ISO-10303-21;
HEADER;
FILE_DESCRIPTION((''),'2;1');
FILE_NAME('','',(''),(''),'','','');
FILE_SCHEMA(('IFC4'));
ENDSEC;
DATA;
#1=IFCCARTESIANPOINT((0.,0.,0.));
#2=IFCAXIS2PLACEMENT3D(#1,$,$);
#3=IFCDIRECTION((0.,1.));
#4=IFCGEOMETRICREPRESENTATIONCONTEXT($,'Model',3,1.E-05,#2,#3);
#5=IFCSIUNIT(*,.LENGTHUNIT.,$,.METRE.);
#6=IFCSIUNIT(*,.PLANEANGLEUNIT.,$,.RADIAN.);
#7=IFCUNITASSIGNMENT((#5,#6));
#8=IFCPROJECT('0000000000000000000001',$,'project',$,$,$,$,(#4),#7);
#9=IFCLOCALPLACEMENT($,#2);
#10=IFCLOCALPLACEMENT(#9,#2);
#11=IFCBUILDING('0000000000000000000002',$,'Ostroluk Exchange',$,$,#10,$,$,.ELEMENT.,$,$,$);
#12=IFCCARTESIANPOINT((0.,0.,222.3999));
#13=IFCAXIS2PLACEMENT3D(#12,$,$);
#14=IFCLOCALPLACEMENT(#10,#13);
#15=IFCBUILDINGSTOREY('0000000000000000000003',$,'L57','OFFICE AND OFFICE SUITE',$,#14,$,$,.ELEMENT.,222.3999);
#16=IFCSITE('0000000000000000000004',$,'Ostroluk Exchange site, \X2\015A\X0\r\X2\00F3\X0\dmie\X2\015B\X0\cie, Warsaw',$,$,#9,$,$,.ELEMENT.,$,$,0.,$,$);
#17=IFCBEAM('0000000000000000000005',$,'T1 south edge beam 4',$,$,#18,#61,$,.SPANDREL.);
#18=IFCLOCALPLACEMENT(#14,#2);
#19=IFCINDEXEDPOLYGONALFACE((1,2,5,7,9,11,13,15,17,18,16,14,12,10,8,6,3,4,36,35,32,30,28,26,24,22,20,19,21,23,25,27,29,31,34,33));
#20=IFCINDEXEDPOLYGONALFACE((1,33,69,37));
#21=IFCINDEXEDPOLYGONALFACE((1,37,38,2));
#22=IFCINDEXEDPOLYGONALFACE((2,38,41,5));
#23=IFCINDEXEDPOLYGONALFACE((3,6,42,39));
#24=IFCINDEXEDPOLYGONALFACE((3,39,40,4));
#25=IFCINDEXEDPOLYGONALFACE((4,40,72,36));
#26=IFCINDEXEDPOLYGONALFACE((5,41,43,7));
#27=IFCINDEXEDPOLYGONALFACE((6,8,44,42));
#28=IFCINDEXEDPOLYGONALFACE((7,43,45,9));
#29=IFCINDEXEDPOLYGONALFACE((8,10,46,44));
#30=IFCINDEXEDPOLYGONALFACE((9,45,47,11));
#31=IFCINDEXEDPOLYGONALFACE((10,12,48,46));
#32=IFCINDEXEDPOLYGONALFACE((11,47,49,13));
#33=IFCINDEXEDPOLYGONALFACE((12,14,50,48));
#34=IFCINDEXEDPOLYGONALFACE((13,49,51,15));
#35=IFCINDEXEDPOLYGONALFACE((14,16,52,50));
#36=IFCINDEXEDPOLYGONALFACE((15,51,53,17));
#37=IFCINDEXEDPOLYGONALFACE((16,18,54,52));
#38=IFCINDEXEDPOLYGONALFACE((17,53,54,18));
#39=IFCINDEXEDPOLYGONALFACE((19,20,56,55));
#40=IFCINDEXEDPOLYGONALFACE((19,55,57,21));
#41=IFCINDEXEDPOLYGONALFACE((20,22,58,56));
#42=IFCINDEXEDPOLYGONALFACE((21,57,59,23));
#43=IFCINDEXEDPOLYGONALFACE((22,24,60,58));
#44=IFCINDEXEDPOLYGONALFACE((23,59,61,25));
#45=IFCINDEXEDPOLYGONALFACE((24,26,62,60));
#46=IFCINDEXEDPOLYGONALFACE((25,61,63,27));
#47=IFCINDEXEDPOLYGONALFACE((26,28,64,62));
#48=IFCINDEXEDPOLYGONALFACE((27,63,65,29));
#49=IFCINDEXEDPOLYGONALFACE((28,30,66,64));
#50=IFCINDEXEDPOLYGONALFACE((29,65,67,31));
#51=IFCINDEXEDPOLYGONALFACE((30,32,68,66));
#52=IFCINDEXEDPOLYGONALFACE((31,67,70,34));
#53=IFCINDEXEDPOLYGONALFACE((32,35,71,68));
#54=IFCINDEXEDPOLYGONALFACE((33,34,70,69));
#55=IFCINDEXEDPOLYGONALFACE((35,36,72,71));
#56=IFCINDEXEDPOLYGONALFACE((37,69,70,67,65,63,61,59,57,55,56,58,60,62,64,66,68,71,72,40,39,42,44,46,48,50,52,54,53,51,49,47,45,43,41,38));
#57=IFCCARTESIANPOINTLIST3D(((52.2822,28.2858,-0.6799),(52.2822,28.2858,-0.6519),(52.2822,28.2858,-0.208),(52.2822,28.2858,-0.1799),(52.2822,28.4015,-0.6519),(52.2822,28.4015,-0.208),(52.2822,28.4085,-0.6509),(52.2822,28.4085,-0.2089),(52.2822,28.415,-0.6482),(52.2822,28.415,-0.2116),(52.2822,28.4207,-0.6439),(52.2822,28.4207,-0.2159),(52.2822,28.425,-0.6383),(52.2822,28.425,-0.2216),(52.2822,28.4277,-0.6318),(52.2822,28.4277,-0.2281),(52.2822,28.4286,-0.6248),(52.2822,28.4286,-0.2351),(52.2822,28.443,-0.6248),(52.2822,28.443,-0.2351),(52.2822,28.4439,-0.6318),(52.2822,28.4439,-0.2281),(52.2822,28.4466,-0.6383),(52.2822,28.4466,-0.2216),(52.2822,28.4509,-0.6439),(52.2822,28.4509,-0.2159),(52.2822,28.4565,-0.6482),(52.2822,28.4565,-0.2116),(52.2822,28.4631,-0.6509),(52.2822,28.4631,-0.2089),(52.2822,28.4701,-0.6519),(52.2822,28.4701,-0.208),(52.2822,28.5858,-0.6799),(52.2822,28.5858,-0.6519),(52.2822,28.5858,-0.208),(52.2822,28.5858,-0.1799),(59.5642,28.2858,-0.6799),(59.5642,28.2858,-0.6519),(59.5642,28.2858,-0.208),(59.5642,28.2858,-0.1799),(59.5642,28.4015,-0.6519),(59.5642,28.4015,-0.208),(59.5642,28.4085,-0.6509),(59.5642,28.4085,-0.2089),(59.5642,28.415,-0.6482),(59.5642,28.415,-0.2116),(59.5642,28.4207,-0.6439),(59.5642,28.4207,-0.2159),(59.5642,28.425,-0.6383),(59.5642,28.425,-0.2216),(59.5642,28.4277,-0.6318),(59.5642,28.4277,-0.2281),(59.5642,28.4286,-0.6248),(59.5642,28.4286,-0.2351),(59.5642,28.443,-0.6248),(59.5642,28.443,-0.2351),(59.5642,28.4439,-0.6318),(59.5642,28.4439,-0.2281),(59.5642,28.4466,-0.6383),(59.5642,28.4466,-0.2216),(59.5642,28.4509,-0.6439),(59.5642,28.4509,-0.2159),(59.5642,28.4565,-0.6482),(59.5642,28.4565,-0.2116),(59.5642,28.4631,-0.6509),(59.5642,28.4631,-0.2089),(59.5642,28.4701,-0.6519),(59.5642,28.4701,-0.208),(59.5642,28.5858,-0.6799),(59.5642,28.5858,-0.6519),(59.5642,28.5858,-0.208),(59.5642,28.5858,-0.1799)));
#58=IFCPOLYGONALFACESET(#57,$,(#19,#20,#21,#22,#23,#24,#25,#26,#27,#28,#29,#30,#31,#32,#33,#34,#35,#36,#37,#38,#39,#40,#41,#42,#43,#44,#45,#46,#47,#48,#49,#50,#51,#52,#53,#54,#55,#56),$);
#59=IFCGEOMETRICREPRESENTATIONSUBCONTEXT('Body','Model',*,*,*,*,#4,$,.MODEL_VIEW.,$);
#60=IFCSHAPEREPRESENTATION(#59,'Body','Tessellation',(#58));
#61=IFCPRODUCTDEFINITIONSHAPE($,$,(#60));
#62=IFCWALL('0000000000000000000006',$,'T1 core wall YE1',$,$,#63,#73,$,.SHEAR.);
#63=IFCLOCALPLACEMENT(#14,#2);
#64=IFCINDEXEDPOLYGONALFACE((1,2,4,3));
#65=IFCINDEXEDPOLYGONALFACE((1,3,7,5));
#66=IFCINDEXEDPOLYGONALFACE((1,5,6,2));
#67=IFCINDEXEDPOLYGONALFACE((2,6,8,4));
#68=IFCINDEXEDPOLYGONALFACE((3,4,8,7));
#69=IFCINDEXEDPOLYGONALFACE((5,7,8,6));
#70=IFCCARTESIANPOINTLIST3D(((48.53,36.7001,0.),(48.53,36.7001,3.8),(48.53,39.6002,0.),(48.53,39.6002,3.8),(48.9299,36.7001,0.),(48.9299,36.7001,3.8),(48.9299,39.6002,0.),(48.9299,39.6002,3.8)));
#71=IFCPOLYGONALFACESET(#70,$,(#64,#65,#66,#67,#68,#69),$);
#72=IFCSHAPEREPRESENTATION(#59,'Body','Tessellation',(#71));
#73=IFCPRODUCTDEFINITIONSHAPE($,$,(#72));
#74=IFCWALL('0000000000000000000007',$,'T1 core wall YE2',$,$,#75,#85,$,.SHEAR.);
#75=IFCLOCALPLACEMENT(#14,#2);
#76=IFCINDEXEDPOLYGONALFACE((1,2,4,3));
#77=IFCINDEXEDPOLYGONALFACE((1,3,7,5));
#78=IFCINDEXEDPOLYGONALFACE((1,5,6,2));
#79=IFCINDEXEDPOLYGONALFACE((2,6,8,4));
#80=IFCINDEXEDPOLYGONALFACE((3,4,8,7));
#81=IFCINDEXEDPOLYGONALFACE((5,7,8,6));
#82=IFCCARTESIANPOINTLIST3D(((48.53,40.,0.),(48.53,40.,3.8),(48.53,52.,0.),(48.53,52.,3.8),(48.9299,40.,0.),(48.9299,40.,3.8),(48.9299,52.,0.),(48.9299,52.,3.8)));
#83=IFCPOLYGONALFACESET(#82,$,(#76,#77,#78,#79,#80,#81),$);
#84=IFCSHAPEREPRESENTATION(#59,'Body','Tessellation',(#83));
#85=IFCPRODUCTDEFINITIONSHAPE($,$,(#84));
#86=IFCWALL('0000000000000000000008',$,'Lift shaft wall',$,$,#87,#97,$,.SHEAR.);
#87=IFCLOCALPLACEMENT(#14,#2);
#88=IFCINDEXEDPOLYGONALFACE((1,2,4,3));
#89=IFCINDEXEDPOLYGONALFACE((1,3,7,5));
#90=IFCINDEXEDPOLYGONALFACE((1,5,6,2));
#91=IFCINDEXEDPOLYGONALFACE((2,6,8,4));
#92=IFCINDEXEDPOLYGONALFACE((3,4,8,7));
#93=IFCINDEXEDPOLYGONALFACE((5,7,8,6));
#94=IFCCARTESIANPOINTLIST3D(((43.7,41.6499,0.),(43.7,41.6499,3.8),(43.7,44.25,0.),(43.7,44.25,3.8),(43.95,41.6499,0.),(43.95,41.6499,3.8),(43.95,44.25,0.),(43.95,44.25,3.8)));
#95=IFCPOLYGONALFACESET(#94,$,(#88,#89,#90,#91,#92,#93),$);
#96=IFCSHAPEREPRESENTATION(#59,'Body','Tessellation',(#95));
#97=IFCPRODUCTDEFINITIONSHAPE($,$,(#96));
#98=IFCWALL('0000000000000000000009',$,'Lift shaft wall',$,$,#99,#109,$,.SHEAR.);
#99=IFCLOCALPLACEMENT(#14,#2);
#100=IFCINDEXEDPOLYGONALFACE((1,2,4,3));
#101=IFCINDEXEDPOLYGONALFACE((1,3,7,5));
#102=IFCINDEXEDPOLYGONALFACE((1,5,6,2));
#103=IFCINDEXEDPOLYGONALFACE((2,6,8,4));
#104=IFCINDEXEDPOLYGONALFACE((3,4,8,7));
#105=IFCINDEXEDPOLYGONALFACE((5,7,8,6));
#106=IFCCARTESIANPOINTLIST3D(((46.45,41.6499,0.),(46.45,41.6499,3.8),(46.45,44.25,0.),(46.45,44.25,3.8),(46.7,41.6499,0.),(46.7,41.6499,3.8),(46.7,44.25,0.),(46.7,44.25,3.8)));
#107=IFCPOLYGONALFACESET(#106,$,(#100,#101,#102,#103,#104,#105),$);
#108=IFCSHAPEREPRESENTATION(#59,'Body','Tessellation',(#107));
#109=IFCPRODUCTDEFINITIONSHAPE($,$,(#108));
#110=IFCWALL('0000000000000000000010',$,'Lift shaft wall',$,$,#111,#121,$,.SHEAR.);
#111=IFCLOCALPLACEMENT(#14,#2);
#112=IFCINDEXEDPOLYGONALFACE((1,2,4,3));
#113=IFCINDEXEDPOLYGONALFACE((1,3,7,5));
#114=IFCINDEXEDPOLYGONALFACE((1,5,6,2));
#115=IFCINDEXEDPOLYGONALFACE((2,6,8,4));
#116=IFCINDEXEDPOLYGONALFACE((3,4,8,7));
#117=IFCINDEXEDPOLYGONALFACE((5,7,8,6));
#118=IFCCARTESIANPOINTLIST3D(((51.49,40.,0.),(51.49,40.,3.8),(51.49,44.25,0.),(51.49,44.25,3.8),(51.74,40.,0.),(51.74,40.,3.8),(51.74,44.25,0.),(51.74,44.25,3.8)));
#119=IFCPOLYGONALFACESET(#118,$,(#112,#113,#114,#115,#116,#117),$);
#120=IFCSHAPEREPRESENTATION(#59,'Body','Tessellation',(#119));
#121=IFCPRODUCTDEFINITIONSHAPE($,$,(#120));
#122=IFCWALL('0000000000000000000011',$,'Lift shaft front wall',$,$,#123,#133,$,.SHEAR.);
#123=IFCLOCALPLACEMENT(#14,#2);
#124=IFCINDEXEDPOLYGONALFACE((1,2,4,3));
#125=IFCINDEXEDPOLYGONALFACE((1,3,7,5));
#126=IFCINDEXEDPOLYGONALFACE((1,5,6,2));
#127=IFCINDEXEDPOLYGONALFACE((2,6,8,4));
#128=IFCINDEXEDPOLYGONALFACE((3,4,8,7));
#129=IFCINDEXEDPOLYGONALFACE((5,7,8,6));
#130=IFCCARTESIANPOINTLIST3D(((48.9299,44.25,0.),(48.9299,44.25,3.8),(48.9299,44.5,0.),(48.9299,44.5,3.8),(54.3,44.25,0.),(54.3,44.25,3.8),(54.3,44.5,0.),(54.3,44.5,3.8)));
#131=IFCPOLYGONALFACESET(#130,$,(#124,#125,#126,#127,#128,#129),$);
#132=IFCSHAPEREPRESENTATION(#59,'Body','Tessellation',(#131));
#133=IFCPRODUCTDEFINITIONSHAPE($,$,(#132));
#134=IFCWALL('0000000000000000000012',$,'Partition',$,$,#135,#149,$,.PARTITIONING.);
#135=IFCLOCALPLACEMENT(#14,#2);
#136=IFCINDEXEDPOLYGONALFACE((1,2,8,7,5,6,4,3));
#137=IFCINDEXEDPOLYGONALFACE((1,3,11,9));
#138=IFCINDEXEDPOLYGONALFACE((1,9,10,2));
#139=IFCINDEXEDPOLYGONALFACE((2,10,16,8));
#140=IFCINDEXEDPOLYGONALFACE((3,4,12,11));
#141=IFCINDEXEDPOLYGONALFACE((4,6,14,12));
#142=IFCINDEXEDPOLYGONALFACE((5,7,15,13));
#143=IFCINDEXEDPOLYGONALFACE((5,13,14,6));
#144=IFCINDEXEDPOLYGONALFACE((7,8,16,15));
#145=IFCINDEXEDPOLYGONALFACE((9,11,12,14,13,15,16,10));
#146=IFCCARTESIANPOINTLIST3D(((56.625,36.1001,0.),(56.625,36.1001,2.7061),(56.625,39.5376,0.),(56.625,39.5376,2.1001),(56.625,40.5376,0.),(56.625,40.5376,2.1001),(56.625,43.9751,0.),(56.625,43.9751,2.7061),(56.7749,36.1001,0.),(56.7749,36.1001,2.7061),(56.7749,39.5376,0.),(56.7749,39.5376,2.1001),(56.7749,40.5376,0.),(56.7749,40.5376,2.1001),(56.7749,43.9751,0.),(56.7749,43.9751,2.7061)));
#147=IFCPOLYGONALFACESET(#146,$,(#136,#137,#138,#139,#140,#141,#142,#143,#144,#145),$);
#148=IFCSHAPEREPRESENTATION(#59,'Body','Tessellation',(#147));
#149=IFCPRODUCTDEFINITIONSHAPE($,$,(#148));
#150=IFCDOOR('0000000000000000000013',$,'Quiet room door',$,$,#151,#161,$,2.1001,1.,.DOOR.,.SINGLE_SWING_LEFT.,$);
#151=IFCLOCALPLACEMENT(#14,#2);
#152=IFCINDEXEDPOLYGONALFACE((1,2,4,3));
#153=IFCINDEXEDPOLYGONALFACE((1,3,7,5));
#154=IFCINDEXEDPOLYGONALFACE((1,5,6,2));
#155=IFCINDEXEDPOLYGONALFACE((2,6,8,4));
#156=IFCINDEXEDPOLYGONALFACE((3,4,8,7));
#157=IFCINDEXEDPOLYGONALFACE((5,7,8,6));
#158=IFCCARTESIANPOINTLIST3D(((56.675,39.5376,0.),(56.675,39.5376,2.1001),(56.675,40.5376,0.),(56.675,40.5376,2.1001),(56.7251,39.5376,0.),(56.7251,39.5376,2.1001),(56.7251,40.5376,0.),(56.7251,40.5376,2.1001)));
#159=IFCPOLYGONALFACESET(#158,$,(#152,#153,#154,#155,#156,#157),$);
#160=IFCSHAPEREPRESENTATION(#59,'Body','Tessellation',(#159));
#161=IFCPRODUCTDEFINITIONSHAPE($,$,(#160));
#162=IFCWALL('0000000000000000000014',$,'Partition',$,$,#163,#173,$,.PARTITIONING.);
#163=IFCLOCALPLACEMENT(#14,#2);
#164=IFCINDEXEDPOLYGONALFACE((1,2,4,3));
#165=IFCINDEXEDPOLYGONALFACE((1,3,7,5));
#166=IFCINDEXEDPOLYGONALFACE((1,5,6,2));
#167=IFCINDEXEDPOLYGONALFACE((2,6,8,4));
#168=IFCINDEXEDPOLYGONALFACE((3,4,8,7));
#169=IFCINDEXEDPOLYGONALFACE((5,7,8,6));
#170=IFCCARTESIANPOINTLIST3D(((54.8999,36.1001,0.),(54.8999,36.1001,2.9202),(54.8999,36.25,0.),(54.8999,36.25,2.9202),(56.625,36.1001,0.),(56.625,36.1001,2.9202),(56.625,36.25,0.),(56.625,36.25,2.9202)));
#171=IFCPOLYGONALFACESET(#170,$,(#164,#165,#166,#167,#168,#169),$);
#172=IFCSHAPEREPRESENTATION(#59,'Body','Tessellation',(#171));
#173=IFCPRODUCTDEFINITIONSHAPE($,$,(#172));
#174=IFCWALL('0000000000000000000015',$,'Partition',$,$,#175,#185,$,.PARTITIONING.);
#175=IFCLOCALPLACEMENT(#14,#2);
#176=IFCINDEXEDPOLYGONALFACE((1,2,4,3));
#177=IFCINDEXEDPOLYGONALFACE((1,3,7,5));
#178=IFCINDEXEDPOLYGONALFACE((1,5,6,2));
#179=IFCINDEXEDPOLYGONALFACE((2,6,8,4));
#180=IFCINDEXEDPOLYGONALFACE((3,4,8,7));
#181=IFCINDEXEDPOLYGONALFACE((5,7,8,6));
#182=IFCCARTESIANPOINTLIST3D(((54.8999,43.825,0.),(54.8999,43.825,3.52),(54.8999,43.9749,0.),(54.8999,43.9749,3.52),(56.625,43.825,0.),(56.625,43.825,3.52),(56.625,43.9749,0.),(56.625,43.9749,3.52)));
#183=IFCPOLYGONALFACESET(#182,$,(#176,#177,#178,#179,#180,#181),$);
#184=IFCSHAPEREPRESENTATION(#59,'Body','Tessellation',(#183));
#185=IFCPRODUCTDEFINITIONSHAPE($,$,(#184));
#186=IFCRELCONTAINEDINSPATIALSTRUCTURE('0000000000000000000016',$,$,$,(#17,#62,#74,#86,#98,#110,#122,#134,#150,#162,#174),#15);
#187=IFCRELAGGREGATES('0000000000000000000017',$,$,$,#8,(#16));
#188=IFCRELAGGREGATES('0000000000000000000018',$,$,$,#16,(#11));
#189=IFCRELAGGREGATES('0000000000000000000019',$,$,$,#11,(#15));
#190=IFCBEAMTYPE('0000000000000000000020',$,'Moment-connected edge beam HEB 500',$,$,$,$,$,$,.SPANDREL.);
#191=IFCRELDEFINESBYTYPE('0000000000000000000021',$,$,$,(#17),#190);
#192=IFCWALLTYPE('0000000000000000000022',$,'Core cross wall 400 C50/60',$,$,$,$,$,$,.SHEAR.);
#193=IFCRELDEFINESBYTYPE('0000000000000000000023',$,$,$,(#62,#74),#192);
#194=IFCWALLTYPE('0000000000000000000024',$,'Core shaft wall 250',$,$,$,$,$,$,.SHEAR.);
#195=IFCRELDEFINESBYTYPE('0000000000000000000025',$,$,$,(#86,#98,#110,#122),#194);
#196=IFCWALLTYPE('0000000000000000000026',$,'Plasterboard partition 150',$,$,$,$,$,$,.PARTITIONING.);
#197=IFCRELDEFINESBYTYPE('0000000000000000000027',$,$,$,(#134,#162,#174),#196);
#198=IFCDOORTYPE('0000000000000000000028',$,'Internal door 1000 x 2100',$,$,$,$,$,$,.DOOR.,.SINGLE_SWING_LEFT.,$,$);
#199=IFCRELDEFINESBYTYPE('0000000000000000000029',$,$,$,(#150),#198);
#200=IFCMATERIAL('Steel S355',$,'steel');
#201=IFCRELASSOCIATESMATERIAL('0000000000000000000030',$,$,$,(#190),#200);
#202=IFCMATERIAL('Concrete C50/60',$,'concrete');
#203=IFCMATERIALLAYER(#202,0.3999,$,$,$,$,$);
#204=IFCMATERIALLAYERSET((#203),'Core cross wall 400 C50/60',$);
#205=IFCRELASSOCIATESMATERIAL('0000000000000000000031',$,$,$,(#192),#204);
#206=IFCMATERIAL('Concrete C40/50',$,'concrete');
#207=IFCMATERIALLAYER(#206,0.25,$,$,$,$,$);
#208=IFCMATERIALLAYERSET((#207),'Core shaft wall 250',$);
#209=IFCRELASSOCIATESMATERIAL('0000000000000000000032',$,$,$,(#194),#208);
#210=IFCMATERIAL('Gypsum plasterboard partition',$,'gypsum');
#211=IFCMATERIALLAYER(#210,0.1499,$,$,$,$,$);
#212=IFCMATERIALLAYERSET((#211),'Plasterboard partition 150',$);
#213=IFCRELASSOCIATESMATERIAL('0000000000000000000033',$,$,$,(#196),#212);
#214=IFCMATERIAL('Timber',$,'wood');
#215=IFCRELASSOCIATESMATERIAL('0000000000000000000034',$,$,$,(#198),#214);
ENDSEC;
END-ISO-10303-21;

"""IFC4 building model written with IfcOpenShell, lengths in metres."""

from ifc_helpers import new_model, si_unit, direction, frame, frame_2d, origin, origin_2d, place, context, subcontext, project, spatial, rectangle, i_section, extrude, material, layer, layer_set, material_profile, profile_set, type_object, element, fill, save


model = new_model("IFC4")

# Units and contexts
model_context = context("Model", 3, precision=1e-05, world=origin(), true_north=direction((0.0, 1.0)))
body_context = subcontext(model_context, "Body", "Model", "MODEL_VIEW")
ifc_project = project(units=[si_unit("LENGTHUNIT", "METRE"), si_unit("PLANEANGLEUNIT", "RADIAN")], contexts=[model_context])

# Site, building, storey
site_placement = place(None, origin())
site = spatial("IfcSite", under=ifc_project, at=site_placement, Name="Ostroluk Exchange site, Śródmieście, Warsaw", CompositionType="ELEMENT", RefElevation=0.0)
building_placement = place(site_placement, origin())
building = spatial("IfcBuilding", under=site, at=building_placement, Name="Ostroluk Exchange", CompositionType="ELEMENT")
storey_placement = place(building_placement, frame((0.0, 0.0, 222.3999)))
storey = spatial("IfcBuildingStorey", under=building, at=storey_placement, Name="L57", Description="OFFICE AND OFFICE SUITE", CompositionType="ELEMENT", Elevation=222.3999)

# Beam
ifc_material_1 = material(Name="Steel S355", Category="steel")
ifc_material_profile_1 = material_profile(ifc_material_1, i_section(OverallWidth=0.3, OverallDepth=0.5, WebThickness=0.0144, FlangeThickness=0.0281, FilletRadius=0.0271, at=origin_2d()), Name="HEB 500")
ifc_profile_set_1 = profile_set([ifc_material_profile_1], Name="Steel S355")
beam_type_1 = type_object("IfcBeamType", Name="Moment-connected edge beam HEB 500", PredefinedType="SPANDREL", material=ifc_profile_set_1)
beam_1_placement = place(storey_placement, frame((52.2822, 28.4358, -0.4299), z_axis=(1.0, 0.0, 0.0), x_axis=(0.0, 1.0, 0.0)))
element("IfcBeam", 1, at=beam_1_placement, inside=storey, type_object=beam_type_1, Name="T1 south edge beam 4", PredefinedType="SPANDREL", context=body_context, shape_type="SweptSolid", body=[
    extrude(i_section(OverallWidth=0.3, OverallDepth=0.5, WebThickness=0.0144, FlangeThickness=0.0281, FilletRadius=0.0271, at=origin_2d()), origin(), (0.0, 0.0, 1.0), 7.282),
])

# Walls
ifc_material_2 = material(Name="Concrete C50/60", Category="concrete")
ifc_layer_1 = layer(ifc_material_2, 0.3999)
ifc_layer_set_1 = layer_set([ifc_layer_1], Name="Core cross wall 400 C50/60")
wall_type_1 = type_object("IfcWallType", Name="Core cross wall 400 C50/60", PredefinedType="SHEAR", material=ifc_layer_set_1)
wall_1_placement = place(storey_placement, frame((48.73, 36.7, 0.0), z_axis=(0.0, 0.0, 1.0), x_axis=(0.0, 1.0, 0.0)))
element("IfcWall", 2, at=wall_1_placement, inside=storey, type_object=wall_type_1, Name="T1 core wall YE1", PredefinedType="SHEAR", context=body_context, shape_type="SweptSolid", body=[
    extrude(rectangle(XDim=2.9001, YDim=0.3999, at=frame_2d((1.4502, 0.0))), origin(), (0.0, 0.0, 1.0), 3.8),
])
wall_2_placement = place(storey_placement, frame((48.73, 40.0, 0.0), z_axis=(0.0, 0.0, 1.0), x_axis=(0.0, 1.0, 0.0)))
element("IfcWall", 3, at=wall_2_placement, inside=storey, type_object=wall_type_1, Name="T1 core wall YE2", PredefinedType="SHEAR", context=body_context, shape_type="SweptSolid", body=[
    extrude(rectangle(XDim=12.0, YDim=0.3999, at=frame_2d((6.0, 0.0))), origin(), (0.0, 0.0, 1.0), 3.8),
])

# Shared definitions
ifc_material_3 = material(Name="Concrete C40/50", Category="concrete")
ifc_layer_2 = layer(ifc_material_3, 0.25)
ifc_layer_set_2 = layer_set([ifc_layer_2], Name="Core shaft wall 250")
wall_type_2 = type_object("IfcWallType", Name="Core shaft wall 250", PredefinedType="SHEAR", material=ifc_layer_set_2)

# Walls
for number, where, z_axis, x_axis, name in (
    (4, (43.825, 44.25, 0.0), (0.0, 0.0, 1.0), (0.0, -1.0, 0.0), "Lift shaft wall"),
    (5, (46.575, 44.25, 0.0), (0.0, 0.0, 1.0), (0.0, -1.0, 0.0), "Lift shaft wall"),
):
    element("IfcWall", number, at=place(storey_placement, frame(where, z_axis=z_axis, x_axis=x_axis)), inside=storey, type_object=wall_type_2, Name=name, PredefinedType="SHEAR", context=body_context, shape_type="SweptSolid", body=[
        extrude(rectangle(XDim=2.6001, YDim=0.25, at=frame_2d((1.3, 0.0))), origin(), (0.0, 0.0, 1.0), 3.8),
    ])
wall_3_placement = place(storey_placement, frame((51.615, 44.25, 0.0), z_axis=(0.0, 0.0, 1.0), x_axis=(0.0, -1.0, 0.0)))
element("IfcWall", 6, at=wall_3_placement, inside=storey, type_object=wall_type_2, Name="Lift shaft wall", PredefinedType="SHEAR", context=body_context, shape_type="SweptSolid", body=[
    extrude(rectangle(XDim=4.25, YDim=0.25, at=frame_2d((2.125, 0.0))), origin(), (0.0, 0.0, 1.0), 3.8),
])
wall_4_placement = place(storey_placement, frame((48.9299, 44.375, 0.0), z_axis=(0.0, 0.0, 1.0), x_axis=(1.0, 0.0, 0.0)))
element("IfcWall", 7, at=wall_4_placement, inside=storey, type_object=wall_type_2, Name="Lift shaft front wall", PredefinedType="SHEAR", context=body_context, shape_type="SweptSolid", body=[
    extrude(rectangle(XDim=5.3701, YDim=0.25, at=frame_2d((2.6851, 0.0))), origin(), (0.0, 0.0, 1.0), 3.8),
])

# Wall, opening, door
ifc_material_4 = material(Name="Gypsum plasterboard partition", Category="gypsum")
ifc_layer_3 = layer(ifc_material_4, 0.1499)
ifc_layer_set_3 = layer_set([ifc_layer_3], Name="Plasterboard partition 150")
wall_type_3 = type_object("IfcWallType", Name="Plasterboard partition 150", PredefinedType="PARTITIONING", material=ifc_layer_set_3)
wall_5_placement = place(storey_placement, frame((56.7, 36.1001, 0.0), z_axis=(0.0, 0.0, 1.0), x_axis=(0.0, 1.0, 0.0)))
wall_5 = element("IfcWall", 8, at=wall_5_placement, inside=storey, type_object=wall_type_3, Name="Partition", PredefinedType="PARTITIONING", context=body_context, shape_type="SweptSolid", body=[
    extrude(rectangle(XDim=7.875, YDim=0.1499, at=frame_2d((3.9375, 0.0))), origin(), (0.0, 0.0, 1.0), 2.7061),
])
opening_1_placement = place(wall_5_placement, frame((3.4375, 0.0, 0.0)))
opening_1 = element("IfcOpeningElement", 9, at=opening_1_placement, cuts=wall_5, PredefinedType="OPENING", context=body_context, shape_type="SweptSolid", body=[
    extrude(rectangle(XDim=1.0, YDim=2.1001, at=frame_2d((0.5, 1.05))), frame((0.0, 0.085, 0.0), z_axis=(0.0, -1.0, 0.0), x_axis=(1.0, 0.0, 0.0)), (0.0, 0.0, 1.0), 0.1699),
])
ifc_material_5 = material(Name="Timber", Category="wood")
door_type_1 = type_object("IfcDoorType", Name="Internal door 1000 x 2100", OperationType="SINGLE_SWING_LEFT", PredefinedType="DOOR", material=ifc_material_5)
door_1_placement = place(opening_1_placement, origin())
door_1 = element("IfcDoor", 10, at=door_1_placement, inside=storey, type_object=door_type_1, Name="Quiet room door", OperationType="SINGLE_SWING_LEFT", OverallHeight=2.1001, OverallWidth=1.0, PredefinedType="DOOR", context=body_context, shape_type="SweptSolid", body=[
    extrude(rectangle(XDim=1.0, YDim=2.1001, at=frame_2d((0.5, 1.05))), frame((0.0, 0.0249, 0.0), z_axis=(0.0, -1.0, 0.0), x_axis=(1.0, 0.0, 0.0)), (0.0, 0.0, 1.0), 0.05),
])
fill(opening_1, door_1)

# Walls
wall_6_placement = place(storey_placement, frame((54.8999, 36.175, 0.0), z_axis=(0.0, 0.0, 1.0), x_axis=(1.0, 0.0, 0.0)))
element("IfcWall", 11, at=wall_6_placement, inside=storey, type_object=wall_type_3, Name="Partition", PredefinedType="PARTITIONING", context=body_context, shape_type="SweptSolid", body=[
    extrude(rectangle(XDim=1.7251, YDim=0.1499, at=frame_2d((0.8625, 0.0))), origin(), (0.0, 0.0, 1.0), 2.9202),
])
for number, where, z_axis, x_axis, name in (
    (12, (54.8999, 43.8999, 0.0), (0.0, 0.0, 1.0), (1.0, 0.0, 0.0), "Partition"),
):
    element("IfcWall", number, at=place(storey_placement, frame(where, z_axis=z_axis, x_axis=x_axis)), inside=storey, type_object=wall_type_3, Name=name, PredefinedType="PARTITIONING", context=body_context, shape_type="SweptSolid", body=[
        extrude(rectangle(XDim=1.7251, YDim=0.1499, at=frame_2d((0.8625, 0.0))), origin(), (0.0, 0.0, 1.0), 3.52),
    ])

save(model, "model.ifc")
